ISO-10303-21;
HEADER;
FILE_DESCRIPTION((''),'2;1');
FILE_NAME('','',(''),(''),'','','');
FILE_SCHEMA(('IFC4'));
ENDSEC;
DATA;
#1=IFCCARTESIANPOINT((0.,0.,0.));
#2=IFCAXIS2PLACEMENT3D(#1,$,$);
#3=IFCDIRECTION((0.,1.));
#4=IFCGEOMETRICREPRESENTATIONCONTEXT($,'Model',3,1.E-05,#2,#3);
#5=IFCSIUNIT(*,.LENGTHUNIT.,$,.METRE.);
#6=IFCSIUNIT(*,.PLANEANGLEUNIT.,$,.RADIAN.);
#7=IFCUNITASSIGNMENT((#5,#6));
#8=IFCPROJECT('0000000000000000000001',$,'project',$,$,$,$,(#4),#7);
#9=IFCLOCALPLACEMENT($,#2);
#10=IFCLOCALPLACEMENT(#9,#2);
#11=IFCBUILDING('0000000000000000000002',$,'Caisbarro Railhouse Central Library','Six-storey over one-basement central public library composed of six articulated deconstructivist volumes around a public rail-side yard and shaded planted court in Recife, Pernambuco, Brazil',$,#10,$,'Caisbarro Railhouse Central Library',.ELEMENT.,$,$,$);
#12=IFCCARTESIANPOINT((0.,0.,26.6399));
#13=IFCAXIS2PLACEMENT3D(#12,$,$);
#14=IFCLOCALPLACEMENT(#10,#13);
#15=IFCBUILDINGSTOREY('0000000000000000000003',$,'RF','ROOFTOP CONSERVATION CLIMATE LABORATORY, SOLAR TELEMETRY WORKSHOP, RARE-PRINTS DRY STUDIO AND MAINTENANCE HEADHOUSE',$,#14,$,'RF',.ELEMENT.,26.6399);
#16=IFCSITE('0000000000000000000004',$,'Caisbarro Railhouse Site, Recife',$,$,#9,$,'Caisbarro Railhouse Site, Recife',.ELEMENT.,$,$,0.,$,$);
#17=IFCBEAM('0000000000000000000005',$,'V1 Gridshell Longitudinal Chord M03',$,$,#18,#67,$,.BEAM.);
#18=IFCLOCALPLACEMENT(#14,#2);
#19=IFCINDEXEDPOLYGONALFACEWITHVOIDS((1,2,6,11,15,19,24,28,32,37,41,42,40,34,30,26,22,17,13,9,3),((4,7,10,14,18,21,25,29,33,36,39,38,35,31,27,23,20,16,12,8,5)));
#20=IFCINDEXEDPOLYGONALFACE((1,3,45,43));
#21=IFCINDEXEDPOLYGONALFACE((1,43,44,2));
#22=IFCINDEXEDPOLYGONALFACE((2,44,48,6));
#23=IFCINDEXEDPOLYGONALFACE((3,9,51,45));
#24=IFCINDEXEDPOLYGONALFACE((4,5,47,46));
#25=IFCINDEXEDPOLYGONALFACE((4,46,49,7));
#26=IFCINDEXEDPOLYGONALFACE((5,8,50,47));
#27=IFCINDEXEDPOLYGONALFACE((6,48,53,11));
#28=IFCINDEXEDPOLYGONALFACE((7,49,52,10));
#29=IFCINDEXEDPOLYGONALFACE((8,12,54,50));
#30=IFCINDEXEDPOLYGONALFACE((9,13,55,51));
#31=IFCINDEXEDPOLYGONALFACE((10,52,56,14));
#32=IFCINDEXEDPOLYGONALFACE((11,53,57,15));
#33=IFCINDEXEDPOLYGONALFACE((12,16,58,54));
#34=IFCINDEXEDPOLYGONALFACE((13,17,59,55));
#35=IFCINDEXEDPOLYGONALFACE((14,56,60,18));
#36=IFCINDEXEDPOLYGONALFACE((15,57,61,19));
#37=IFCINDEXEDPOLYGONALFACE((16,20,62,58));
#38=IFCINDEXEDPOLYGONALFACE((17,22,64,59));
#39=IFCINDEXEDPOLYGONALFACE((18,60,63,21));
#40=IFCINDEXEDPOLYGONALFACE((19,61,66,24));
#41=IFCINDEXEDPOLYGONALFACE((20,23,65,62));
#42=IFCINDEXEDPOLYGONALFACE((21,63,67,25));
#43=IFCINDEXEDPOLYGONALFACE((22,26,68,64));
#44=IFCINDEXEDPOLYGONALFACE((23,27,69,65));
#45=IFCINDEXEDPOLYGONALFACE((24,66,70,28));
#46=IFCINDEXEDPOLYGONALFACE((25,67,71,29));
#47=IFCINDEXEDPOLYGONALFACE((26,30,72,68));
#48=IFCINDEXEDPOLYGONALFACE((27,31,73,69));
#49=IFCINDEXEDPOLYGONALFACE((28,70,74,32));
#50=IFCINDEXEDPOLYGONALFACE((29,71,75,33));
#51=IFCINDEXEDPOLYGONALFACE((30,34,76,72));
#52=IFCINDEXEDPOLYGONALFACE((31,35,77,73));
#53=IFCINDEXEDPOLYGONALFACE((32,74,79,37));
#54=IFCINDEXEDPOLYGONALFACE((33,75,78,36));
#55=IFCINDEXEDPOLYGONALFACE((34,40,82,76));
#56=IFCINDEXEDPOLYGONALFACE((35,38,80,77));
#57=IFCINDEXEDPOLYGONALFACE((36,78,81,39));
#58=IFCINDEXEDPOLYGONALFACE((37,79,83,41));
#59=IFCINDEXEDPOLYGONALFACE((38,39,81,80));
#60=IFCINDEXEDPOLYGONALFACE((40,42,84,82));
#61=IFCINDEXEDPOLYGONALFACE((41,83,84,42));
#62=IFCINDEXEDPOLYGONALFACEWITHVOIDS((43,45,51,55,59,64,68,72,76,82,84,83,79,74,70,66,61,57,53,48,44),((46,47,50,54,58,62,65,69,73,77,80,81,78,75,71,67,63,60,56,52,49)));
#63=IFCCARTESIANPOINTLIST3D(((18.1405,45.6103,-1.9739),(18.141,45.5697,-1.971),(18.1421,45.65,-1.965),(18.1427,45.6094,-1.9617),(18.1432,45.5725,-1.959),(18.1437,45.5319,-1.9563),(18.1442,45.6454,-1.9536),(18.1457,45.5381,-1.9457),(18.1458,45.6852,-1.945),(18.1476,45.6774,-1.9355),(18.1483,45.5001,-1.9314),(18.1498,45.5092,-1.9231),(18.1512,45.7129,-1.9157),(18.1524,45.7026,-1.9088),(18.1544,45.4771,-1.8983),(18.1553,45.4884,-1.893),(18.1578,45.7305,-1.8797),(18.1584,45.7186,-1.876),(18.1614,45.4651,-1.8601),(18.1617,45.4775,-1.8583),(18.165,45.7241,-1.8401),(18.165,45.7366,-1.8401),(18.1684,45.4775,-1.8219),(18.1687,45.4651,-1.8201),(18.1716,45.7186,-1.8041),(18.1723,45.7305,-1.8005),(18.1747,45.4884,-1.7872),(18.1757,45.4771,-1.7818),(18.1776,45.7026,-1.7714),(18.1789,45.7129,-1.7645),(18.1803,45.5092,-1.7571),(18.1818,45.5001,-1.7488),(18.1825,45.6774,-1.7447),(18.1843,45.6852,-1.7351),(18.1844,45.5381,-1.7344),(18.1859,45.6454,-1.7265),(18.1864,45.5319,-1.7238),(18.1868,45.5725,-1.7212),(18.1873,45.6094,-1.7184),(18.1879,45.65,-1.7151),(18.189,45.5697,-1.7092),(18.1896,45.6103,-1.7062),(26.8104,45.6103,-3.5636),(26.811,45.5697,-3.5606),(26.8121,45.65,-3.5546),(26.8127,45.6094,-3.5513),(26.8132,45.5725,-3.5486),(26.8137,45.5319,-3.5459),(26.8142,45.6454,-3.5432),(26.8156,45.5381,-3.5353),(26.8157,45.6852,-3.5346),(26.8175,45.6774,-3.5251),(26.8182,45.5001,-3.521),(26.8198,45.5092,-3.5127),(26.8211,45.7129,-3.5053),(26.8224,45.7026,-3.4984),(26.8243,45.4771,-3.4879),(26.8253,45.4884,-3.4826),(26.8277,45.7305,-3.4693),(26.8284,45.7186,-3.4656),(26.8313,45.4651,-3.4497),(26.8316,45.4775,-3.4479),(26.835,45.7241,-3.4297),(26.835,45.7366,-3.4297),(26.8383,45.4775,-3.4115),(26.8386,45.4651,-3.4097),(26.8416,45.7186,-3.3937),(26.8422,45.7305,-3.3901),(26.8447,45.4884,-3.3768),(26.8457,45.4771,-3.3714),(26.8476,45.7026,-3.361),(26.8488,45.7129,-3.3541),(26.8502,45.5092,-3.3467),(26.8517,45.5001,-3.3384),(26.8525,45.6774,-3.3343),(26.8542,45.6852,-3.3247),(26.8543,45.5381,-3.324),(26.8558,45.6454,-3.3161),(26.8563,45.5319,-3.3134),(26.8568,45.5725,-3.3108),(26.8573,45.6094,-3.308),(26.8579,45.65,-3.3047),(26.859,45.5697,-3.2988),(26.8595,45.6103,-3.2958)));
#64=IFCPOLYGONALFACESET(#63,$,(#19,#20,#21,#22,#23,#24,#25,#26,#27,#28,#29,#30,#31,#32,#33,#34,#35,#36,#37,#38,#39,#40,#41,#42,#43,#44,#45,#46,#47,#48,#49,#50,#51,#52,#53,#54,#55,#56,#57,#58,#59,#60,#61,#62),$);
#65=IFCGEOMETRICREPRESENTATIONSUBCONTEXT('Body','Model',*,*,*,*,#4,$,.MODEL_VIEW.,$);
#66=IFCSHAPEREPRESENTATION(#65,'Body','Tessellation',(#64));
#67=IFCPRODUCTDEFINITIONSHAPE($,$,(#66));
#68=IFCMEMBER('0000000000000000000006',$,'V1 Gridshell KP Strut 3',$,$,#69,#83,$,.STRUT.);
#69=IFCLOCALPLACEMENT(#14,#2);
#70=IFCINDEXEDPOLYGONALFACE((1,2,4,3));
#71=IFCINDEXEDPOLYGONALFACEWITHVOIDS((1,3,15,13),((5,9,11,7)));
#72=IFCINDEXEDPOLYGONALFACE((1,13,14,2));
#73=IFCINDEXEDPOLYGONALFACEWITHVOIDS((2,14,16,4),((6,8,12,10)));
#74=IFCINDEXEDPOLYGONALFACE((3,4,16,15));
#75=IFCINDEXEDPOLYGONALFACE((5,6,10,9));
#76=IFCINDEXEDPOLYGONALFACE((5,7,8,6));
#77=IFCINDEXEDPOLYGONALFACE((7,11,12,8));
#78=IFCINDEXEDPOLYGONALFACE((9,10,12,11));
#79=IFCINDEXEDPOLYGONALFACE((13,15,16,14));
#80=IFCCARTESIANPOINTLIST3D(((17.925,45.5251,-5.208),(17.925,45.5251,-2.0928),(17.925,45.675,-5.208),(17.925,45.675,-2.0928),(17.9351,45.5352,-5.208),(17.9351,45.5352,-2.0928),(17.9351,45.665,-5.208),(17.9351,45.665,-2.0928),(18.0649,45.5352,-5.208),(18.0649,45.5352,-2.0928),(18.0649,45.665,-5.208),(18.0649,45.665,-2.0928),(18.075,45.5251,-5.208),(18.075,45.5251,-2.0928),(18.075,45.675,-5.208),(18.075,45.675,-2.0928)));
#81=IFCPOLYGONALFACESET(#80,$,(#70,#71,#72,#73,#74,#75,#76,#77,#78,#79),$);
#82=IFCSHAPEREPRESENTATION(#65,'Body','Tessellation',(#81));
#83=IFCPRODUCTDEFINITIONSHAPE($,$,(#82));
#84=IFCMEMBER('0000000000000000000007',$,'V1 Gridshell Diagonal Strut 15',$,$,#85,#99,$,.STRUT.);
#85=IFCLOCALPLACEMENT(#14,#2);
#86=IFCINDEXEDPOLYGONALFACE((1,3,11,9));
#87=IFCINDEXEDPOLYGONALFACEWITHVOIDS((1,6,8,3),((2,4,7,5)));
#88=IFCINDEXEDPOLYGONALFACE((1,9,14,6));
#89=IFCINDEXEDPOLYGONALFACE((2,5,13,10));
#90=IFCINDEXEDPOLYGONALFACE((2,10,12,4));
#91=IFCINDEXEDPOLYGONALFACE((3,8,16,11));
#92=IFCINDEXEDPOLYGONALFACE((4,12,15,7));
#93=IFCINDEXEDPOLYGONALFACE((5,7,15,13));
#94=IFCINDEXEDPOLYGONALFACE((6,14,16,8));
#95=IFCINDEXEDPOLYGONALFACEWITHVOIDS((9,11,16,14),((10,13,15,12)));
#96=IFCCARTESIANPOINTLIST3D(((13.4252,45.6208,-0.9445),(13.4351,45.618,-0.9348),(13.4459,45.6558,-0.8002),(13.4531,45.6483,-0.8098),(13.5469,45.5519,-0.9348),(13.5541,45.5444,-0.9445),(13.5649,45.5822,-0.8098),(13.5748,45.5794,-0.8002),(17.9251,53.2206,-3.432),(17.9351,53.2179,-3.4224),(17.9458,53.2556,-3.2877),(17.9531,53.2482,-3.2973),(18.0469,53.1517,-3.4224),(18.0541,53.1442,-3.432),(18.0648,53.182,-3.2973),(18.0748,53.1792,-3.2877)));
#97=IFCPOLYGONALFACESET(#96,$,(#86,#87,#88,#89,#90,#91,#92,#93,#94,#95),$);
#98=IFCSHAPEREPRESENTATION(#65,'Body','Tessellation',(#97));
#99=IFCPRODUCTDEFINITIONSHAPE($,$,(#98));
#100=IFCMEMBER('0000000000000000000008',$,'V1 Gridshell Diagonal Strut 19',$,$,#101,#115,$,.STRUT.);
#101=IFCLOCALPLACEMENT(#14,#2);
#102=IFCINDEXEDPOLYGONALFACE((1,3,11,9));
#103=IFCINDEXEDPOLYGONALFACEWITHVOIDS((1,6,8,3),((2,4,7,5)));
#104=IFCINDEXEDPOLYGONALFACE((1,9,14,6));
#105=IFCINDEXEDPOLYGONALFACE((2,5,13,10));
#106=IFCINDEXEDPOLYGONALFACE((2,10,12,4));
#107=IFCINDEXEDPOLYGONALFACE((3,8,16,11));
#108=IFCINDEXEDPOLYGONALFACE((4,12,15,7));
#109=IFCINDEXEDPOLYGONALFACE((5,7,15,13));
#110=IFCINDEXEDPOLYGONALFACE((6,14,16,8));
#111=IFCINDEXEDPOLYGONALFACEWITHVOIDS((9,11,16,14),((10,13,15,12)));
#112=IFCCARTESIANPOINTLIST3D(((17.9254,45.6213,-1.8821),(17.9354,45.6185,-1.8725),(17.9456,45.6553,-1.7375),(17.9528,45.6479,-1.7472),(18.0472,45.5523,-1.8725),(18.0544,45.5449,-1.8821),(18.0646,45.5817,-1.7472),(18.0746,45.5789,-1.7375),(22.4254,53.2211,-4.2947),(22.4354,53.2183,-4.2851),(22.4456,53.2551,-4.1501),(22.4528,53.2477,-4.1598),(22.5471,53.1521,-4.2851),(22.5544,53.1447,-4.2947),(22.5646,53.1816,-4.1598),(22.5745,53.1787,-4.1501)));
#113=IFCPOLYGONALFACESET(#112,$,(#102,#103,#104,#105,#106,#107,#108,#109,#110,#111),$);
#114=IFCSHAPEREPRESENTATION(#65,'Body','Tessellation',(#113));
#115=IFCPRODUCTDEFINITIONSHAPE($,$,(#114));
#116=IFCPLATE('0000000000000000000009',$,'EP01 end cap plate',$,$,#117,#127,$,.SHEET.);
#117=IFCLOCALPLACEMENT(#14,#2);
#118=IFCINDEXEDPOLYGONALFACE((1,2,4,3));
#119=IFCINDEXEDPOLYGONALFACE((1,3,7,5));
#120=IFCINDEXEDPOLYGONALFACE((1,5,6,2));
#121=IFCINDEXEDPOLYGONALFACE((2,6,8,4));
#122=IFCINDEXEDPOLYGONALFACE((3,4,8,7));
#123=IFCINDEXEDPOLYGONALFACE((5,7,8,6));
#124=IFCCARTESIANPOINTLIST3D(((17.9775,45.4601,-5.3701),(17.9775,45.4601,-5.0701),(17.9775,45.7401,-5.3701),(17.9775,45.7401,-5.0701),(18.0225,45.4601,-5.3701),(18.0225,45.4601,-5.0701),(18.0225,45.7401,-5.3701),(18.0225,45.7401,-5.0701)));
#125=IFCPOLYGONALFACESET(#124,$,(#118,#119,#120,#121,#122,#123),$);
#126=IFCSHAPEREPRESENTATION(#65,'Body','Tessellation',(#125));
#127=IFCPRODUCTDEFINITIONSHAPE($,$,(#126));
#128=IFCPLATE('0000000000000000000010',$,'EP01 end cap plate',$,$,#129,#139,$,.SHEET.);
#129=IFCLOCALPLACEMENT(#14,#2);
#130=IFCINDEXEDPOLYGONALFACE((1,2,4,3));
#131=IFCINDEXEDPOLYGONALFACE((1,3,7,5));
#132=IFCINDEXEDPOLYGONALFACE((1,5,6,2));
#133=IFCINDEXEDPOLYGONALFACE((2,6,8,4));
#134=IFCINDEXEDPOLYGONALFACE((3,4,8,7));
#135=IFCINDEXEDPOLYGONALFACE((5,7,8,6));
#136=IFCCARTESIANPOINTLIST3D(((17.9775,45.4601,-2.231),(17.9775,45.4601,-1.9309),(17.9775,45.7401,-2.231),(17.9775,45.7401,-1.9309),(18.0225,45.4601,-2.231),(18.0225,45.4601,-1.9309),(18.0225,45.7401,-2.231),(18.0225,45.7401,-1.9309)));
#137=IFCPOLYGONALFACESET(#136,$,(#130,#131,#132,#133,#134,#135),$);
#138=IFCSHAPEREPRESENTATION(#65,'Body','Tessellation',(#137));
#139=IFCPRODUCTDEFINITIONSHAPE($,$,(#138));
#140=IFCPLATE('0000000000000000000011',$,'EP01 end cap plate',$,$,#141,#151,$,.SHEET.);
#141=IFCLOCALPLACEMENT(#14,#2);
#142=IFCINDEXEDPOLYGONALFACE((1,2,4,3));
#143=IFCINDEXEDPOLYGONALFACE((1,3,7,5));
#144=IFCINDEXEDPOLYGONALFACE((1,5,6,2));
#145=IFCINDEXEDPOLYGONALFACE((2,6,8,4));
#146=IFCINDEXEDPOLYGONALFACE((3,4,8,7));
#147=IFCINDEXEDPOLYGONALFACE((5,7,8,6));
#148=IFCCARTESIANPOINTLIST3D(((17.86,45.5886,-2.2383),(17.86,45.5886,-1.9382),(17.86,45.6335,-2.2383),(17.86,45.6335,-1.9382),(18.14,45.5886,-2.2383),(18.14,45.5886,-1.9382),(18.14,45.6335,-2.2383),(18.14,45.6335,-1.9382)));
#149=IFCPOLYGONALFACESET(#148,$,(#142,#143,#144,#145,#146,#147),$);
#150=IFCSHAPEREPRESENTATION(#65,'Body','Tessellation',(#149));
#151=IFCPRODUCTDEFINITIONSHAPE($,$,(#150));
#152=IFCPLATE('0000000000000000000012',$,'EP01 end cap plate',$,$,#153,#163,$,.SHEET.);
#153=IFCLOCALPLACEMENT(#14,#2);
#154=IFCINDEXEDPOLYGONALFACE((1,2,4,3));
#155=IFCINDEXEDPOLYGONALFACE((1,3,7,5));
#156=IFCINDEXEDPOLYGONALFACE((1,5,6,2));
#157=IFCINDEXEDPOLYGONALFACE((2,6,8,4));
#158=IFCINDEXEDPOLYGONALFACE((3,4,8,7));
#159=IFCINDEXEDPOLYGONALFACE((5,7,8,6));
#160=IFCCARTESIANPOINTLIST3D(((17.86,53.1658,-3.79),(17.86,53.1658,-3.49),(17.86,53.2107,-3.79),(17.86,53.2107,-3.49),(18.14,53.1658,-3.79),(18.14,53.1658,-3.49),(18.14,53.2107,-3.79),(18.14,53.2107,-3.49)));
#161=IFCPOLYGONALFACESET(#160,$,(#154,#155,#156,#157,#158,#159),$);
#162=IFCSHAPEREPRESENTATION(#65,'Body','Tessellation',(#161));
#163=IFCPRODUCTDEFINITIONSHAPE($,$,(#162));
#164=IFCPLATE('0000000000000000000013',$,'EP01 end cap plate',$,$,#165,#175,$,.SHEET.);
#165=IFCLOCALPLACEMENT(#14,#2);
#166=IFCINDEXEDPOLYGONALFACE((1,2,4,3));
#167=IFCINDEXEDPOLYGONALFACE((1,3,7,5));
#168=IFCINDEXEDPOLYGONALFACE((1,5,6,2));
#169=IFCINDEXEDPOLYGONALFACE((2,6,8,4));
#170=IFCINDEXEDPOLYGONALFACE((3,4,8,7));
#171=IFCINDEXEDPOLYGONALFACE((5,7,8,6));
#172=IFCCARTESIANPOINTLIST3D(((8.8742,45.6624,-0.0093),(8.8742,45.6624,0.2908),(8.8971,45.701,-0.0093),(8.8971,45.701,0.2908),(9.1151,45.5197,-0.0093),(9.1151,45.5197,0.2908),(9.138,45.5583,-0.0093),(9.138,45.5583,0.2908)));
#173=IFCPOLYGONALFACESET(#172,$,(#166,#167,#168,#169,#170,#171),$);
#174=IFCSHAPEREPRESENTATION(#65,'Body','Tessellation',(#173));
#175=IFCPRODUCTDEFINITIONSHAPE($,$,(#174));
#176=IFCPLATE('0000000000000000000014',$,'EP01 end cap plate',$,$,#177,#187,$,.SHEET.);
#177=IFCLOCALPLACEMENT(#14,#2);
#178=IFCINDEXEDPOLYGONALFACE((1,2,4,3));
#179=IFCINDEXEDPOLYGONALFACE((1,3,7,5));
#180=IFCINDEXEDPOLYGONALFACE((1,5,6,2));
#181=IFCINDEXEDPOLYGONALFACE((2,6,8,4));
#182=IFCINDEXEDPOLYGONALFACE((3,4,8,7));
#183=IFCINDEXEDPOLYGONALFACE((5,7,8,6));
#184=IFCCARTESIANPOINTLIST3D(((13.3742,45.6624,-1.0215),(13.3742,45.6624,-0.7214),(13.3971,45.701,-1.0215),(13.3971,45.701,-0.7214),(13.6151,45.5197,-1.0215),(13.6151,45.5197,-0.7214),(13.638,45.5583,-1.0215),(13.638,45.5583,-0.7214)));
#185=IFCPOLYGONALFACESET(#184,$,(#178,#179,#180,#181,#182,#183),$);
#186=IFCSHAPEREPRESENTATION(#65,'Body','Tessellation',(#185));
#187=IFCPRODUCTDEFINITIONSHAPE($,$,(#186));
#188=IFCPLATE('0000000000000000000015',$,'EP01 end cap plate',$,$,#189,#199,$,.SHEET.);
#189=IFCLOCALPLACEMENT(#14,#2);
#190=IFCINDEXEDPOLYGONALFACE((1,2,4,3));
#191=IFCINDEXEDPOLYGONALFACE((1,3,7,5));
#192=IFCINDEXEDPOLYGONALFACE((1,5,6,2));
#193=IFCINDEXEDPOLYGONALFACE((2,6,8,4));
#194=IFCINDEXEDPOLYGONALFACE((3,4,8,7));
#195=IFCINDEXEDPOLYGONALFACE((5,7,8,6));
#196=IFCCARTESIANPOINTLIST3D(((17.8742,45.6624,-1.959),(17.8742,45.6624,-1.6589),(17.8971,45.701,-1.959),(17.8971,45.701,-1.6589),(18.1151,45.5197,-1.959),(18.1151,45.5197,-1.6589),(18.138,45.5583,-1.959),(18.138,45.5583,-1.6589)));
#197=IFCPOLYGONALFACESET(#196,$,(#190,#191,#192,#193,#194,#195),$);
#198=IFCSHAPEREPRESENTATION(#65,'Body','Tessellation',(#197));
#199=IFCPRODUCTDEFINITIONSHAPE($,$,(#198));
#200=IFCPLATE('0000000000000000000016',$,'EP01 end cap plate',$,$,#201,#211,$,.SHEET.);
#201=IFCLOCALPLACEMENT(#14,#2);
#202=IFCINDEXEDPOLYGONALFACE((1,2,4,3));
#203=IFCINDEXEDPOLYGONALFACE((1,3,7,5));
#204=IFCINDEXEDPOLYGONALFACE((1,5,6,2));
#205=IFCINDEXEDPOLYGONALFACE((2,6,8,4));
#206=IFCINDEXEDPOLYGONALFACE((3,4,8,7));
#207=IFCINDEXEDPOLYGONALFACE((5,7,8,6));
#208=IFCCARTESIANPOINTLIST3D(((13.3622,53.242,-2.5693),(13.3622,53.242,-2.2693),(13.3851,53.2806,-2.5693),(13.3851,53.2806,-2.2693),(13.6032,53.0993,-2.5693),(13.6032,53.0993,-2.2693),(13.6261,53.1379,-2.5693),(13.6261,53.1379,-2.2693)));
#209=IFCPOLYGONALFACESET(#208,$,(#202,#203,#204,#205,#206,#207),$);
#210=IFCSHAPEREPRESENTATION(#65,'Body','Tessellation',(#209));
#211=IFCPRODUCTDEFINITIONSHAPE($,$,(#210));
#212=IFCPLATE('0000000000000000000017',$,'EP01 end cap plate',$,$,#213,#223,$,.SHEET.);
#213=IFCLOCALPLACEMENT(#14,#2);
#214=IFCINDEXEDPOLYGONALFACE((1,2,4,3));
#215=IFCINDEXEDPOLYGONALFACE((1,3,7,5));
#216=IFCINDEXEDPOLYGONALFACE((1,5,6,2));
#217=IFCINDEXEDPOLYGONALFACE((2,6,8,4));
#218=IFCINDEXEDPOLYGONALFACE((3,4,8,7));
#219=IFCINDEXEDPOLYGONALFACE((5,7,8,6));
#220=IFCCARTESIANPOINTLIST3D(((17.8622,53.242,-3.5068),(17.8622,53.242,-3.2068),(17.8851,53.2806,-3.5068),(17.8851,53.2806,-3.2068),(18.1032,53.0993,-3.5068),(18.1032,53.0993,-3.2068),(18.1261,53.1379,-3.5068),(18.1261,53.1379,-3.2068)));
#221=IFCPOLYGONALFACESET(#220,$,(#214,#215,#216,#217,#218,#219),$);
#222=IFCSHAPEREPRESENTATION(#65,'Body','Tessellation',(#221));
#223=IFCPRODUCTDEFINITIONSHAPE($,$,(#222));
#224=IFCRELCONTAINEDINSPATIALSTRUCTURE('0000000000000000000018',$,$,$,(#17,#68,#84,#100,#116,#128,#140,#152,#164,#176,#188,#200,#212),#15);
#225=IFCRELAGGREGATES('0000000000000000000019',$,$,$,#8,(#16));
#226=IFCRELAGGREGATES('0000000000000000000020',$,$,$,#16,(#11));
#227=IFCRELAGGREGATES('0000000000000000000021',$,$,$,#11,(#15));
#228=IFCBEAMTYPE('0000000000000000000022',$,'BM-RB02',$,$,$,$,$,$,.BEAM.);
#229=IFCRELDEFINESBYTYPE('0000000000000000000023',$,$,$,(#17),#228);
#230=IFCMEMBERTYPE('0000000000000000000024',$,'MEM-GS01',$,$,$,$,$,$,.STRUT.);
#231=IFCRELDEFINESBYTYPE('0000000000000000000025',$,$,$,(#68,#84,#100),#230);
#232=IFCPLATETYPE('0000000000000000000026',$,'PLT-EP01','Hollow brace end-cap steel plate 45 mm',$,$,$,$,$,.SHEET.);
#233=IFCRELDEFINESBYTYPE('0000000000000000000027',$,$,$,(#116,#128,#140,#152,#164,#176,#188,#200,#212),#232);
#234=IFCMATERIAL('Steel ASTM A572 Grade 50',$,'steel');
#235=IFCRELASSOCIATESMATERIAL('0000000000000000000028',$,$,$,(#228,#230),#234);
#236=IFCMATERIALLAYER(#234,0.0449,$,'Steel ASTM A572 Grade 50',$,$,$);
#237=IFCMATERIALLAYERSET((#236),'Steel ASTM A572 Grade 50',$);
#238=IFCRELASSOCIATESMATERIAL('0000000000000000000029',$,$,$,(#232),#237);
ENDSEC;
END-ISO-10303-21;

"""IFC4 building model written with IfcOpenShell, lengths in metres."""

from ifc_helpers import new_model, si_unit, direction, frame, origin, origin_2d, place, context, subcontext, project, spatial, rectangle, hollow_rectangle, hollow_circle, extrude, material, layer, layer_set, material_profile, profile_set, type_object, element, save


model = new_model("IFC4")

# Units and contexts
model_context = context("Model", 3, precision=1e-05, world=origin(), true_north=direction((0.0, 1.0)))
body_context = subcontext(model_context, "Body", "Model", "MODEL_VIEW")
ifc_project = project(units=[si_unit("LENGTHUNIT", "METRE"), si_unit("PLANEANGLEUNIT", "RADIAN")], contexts=[model_context])

# Site, building, storey
site_placement = place(None, origin())
site = spatial("IfcSite", under=ifc_project, at=site_placement, Name="Caisbarro Railhouse Site, Recife", LongName="Caisbarro Railhouse Site, Recife", CompositionType="ELEMENT", RefElevation=0.0)
building_placement = place(site_placement, origin())
building = spatial("IfcBuilding", under=site, at=building_placement, Name="Caisbarro Railhouse Central Library", Description="Six-storey over one-basement central public library composed of six articulated deconstructivist volumes around a public rail-side yard and shaded planted court in Recife, Pernambuco, Brazil", LongName="Caisbarro Railhouse Central Library", CompositionType="ELEMENT")
storey_placement = place(building_placement, frame((0.0, 0.0, 26.6399)))
storey = spatial("IfcBuildingStorey", under=building, at=storey_placement, Name="RF", Description="ROOFTOP CONSERVATION CLIMATE LABORATORY, SOLAR TELEMETRY WORKSHOP, RARE-PRINTS DRY STUDIO AND MAINTENANCE HEADHOUSE", LongName="RF", CompositionType="ELEMENT", Elevation=26.6399)

# Beam
ifc_material_1 = material(Name="Steel ASTM A572 Grade 50", Category="steel")
ifc_material_profile_1 = material_profile(ifc_material_1, hollow_circle(Radius=0.1365, WallThickness=0.0125, at=origin_2d()), Name="CHS273.0X12.5")
ifc_profile_set_1 = profile_set([ifc_material_profile_1], Name="Steel ASTM A572 Grade 50")
beam_type_1 = type_object("IfcBeamType", Name="BM-RB02", PredefinedType="BEAM", material=ifc_profile_set_1)
beam_1_placement = place(storey_placement, frame((18.165, 45.6001, -1.8401), z_axis=(0.983604, 0.0, -0.18034), x_axis=(0.0, 1.0, 0.0)))
element("IfcBeam", 1, at=beam_1_placement, inside=storey, type_object=beam_type_1, Name="V1 Gridshell Longitudinal Chord M03", PredefinedType="BEAM", context=body_context, shape_type="SweptSolid", body=[
    extrude(hollow_circle(Radius=0.1365, WallThickness=0.0125, at=origin_2d()), origin(), (0.0, 0.0, 1.0), 8.8145),
])

# Members
ifc_material_profile_2 = material_profile(ifc_material_1, hollow_rectangle(XDim=0.1499, YDim=0.1499, WallThickness=0.01, at=origin_2d()), Name="HSS150X150X10")
ifc_profile_set_2 = profile_set([ifc_material_profile_2], Name="Steel ASTM A572 Grade 50")
member_type = type_object("IfcMemberType", Name="MEM-GS01", PredefinedType="STRUT", material=ifc_profile_set_2)
member_1_placement = place(storey_placement, frame((18.0, 45.6001, -5.208), z_axis=(0.0, 0.0, 1.0), x_axis=(1.0, 0.0, 0.0)))
element("IfcMember", 2, at=member_1_placement, inside=storey, type_object=member_type, Name="V1 Gridshell KP Strut 3", PredefinedType="STRUT", context=body_context, shape_type="SweptSolid", body=[
    extrude(hollow_rectangle(XDim=0.1499, YDim=0.1499, WallThickness=0.01, at=origin_2d()), origin(), (0.0, 0.0, 1.0), 3.1152),
])
member_2_placement = place(storey_placement, frame((13.5, 45.6001, -0.8723), z_axis=(0.490419, 0.828248, -0.271098), x_axis=(-0.860471, 0.509499, 0.0)))
element("IfcMember", 3, at=member_2_placement, inside=storey, type_object=member_type, Name="V1 Gridshell Diagonal Strut 15", PredefinedType="STRUT", context=body_context, shape_type="SweptSolid", body=[
    extrude(hollow_rectangle(XDim=0.1499, YDim=0.1499, WallThickness=0.01, at=origin_2d()), origin(), (0.0, 0.0, 1.0), 9.1758),
])
member_3_placement = place(storey_placement, frame((18.0, 45.6001, -1.8098), z_axis=(0.491493, 0.83006, -0.263505), x_axis=(-0.860471, 0.509499, 0.0)))
element("IfcMember", 4, at=member_3_placement, inside=storey, type_object=member_type, Name="V1 Gridshell Diagonal Strut 19", PredefinedType="STRUT", context=body_context, shape_type="SweptSolid", body=[
    extrude(hollow_rectangle(XDim=0.1499, YDim=0.1499, WallThickness=0.01, at=origin_2d()), origin(), (0.0, 0.0, 1.0), 9.1558),
])

# Plates
ifc_layer_1 = layer(ifc_material_1, 0.0449, Name="Steel ASTM A572 Grade 50")
ifc_layer_set_1 = layer_set([ifc_layer_1], Name="Steel ASTM A572 Grade 50")
plate_type_1 = type_object("IfcPlateType", Name="PLT-EP01", Description="Hollow brace end-cap steel plate 45 mm", PredefinedType="SHEET", material=ifc_layer_set_1)
for number, where, z_axis, x_axis, name in (
    (5, (18.0, 45.6001, -5.3701), (0.0, 0.0, 1.0), (1.0, 0.0, 0.0), "EP01 end cap plate"),
    (6, (18.0, 45.6001, -2.231), (0.0, 0.0, 1.0), (1.0, 0.0, 0.0), "EP01 end cap plate"),
    (7, (18.0, 45.6111, -2.2383), (0.0, 0.0, 1.0), (0.0, 1.0, 0.0), "EP01 end cap plate"),
    (8, (18.0, 53.1882, -3.79), (0.0, 0.0, 1.0), (0.0, -1.0, 0.0), "EP01 end cap plate"),
    (9, (9.0061, 45.6104, -0.0093), (0.0, 0.0, 1.0), (0.509492, 0.860475, 0.0), "EP01 end cap plate"),
    (10, (13.5061, 45.6104, -1.0215), (0.0, 0.0, 1.0), (0.509492, 0.860475, 0.0), "EP01 end cap plate"),
    (11, (18.0061, 45.6104, -1.959), (0.0, 0.0, 1.0), (0.509492, 0.860475, 0.0), "EP01 end cap plate"),
    (12, (13.4941, 53.1899, -2.5693), (0.0, 0.0, 1.0), (0.509492, 0.860475, 0.0), "EP01 end cap plate"),
    (13, (17.9941, 53.1899, -3.5068), (0.0, 0.0, 1.0), (0.509492, 0.860475, 0.0), "EP01 end cap plate"),
):
    element("IfcPlate", number, at=place(storey_placement, frame(where, z_axis=z_axis, x_axis=x_axis)), inside=storey, type_object=plate_type_1, Name=name, PredefinedType="SHEET", context=body_context, shape_type="SweptSolid", body=[
        extrude(rectangle(XDim=0.0449, YDim=0.28, at=origin_2d()), origin(), (0.0, 0.0, 1.0), 0.3),
    ])

save(model, "model.ifc")
